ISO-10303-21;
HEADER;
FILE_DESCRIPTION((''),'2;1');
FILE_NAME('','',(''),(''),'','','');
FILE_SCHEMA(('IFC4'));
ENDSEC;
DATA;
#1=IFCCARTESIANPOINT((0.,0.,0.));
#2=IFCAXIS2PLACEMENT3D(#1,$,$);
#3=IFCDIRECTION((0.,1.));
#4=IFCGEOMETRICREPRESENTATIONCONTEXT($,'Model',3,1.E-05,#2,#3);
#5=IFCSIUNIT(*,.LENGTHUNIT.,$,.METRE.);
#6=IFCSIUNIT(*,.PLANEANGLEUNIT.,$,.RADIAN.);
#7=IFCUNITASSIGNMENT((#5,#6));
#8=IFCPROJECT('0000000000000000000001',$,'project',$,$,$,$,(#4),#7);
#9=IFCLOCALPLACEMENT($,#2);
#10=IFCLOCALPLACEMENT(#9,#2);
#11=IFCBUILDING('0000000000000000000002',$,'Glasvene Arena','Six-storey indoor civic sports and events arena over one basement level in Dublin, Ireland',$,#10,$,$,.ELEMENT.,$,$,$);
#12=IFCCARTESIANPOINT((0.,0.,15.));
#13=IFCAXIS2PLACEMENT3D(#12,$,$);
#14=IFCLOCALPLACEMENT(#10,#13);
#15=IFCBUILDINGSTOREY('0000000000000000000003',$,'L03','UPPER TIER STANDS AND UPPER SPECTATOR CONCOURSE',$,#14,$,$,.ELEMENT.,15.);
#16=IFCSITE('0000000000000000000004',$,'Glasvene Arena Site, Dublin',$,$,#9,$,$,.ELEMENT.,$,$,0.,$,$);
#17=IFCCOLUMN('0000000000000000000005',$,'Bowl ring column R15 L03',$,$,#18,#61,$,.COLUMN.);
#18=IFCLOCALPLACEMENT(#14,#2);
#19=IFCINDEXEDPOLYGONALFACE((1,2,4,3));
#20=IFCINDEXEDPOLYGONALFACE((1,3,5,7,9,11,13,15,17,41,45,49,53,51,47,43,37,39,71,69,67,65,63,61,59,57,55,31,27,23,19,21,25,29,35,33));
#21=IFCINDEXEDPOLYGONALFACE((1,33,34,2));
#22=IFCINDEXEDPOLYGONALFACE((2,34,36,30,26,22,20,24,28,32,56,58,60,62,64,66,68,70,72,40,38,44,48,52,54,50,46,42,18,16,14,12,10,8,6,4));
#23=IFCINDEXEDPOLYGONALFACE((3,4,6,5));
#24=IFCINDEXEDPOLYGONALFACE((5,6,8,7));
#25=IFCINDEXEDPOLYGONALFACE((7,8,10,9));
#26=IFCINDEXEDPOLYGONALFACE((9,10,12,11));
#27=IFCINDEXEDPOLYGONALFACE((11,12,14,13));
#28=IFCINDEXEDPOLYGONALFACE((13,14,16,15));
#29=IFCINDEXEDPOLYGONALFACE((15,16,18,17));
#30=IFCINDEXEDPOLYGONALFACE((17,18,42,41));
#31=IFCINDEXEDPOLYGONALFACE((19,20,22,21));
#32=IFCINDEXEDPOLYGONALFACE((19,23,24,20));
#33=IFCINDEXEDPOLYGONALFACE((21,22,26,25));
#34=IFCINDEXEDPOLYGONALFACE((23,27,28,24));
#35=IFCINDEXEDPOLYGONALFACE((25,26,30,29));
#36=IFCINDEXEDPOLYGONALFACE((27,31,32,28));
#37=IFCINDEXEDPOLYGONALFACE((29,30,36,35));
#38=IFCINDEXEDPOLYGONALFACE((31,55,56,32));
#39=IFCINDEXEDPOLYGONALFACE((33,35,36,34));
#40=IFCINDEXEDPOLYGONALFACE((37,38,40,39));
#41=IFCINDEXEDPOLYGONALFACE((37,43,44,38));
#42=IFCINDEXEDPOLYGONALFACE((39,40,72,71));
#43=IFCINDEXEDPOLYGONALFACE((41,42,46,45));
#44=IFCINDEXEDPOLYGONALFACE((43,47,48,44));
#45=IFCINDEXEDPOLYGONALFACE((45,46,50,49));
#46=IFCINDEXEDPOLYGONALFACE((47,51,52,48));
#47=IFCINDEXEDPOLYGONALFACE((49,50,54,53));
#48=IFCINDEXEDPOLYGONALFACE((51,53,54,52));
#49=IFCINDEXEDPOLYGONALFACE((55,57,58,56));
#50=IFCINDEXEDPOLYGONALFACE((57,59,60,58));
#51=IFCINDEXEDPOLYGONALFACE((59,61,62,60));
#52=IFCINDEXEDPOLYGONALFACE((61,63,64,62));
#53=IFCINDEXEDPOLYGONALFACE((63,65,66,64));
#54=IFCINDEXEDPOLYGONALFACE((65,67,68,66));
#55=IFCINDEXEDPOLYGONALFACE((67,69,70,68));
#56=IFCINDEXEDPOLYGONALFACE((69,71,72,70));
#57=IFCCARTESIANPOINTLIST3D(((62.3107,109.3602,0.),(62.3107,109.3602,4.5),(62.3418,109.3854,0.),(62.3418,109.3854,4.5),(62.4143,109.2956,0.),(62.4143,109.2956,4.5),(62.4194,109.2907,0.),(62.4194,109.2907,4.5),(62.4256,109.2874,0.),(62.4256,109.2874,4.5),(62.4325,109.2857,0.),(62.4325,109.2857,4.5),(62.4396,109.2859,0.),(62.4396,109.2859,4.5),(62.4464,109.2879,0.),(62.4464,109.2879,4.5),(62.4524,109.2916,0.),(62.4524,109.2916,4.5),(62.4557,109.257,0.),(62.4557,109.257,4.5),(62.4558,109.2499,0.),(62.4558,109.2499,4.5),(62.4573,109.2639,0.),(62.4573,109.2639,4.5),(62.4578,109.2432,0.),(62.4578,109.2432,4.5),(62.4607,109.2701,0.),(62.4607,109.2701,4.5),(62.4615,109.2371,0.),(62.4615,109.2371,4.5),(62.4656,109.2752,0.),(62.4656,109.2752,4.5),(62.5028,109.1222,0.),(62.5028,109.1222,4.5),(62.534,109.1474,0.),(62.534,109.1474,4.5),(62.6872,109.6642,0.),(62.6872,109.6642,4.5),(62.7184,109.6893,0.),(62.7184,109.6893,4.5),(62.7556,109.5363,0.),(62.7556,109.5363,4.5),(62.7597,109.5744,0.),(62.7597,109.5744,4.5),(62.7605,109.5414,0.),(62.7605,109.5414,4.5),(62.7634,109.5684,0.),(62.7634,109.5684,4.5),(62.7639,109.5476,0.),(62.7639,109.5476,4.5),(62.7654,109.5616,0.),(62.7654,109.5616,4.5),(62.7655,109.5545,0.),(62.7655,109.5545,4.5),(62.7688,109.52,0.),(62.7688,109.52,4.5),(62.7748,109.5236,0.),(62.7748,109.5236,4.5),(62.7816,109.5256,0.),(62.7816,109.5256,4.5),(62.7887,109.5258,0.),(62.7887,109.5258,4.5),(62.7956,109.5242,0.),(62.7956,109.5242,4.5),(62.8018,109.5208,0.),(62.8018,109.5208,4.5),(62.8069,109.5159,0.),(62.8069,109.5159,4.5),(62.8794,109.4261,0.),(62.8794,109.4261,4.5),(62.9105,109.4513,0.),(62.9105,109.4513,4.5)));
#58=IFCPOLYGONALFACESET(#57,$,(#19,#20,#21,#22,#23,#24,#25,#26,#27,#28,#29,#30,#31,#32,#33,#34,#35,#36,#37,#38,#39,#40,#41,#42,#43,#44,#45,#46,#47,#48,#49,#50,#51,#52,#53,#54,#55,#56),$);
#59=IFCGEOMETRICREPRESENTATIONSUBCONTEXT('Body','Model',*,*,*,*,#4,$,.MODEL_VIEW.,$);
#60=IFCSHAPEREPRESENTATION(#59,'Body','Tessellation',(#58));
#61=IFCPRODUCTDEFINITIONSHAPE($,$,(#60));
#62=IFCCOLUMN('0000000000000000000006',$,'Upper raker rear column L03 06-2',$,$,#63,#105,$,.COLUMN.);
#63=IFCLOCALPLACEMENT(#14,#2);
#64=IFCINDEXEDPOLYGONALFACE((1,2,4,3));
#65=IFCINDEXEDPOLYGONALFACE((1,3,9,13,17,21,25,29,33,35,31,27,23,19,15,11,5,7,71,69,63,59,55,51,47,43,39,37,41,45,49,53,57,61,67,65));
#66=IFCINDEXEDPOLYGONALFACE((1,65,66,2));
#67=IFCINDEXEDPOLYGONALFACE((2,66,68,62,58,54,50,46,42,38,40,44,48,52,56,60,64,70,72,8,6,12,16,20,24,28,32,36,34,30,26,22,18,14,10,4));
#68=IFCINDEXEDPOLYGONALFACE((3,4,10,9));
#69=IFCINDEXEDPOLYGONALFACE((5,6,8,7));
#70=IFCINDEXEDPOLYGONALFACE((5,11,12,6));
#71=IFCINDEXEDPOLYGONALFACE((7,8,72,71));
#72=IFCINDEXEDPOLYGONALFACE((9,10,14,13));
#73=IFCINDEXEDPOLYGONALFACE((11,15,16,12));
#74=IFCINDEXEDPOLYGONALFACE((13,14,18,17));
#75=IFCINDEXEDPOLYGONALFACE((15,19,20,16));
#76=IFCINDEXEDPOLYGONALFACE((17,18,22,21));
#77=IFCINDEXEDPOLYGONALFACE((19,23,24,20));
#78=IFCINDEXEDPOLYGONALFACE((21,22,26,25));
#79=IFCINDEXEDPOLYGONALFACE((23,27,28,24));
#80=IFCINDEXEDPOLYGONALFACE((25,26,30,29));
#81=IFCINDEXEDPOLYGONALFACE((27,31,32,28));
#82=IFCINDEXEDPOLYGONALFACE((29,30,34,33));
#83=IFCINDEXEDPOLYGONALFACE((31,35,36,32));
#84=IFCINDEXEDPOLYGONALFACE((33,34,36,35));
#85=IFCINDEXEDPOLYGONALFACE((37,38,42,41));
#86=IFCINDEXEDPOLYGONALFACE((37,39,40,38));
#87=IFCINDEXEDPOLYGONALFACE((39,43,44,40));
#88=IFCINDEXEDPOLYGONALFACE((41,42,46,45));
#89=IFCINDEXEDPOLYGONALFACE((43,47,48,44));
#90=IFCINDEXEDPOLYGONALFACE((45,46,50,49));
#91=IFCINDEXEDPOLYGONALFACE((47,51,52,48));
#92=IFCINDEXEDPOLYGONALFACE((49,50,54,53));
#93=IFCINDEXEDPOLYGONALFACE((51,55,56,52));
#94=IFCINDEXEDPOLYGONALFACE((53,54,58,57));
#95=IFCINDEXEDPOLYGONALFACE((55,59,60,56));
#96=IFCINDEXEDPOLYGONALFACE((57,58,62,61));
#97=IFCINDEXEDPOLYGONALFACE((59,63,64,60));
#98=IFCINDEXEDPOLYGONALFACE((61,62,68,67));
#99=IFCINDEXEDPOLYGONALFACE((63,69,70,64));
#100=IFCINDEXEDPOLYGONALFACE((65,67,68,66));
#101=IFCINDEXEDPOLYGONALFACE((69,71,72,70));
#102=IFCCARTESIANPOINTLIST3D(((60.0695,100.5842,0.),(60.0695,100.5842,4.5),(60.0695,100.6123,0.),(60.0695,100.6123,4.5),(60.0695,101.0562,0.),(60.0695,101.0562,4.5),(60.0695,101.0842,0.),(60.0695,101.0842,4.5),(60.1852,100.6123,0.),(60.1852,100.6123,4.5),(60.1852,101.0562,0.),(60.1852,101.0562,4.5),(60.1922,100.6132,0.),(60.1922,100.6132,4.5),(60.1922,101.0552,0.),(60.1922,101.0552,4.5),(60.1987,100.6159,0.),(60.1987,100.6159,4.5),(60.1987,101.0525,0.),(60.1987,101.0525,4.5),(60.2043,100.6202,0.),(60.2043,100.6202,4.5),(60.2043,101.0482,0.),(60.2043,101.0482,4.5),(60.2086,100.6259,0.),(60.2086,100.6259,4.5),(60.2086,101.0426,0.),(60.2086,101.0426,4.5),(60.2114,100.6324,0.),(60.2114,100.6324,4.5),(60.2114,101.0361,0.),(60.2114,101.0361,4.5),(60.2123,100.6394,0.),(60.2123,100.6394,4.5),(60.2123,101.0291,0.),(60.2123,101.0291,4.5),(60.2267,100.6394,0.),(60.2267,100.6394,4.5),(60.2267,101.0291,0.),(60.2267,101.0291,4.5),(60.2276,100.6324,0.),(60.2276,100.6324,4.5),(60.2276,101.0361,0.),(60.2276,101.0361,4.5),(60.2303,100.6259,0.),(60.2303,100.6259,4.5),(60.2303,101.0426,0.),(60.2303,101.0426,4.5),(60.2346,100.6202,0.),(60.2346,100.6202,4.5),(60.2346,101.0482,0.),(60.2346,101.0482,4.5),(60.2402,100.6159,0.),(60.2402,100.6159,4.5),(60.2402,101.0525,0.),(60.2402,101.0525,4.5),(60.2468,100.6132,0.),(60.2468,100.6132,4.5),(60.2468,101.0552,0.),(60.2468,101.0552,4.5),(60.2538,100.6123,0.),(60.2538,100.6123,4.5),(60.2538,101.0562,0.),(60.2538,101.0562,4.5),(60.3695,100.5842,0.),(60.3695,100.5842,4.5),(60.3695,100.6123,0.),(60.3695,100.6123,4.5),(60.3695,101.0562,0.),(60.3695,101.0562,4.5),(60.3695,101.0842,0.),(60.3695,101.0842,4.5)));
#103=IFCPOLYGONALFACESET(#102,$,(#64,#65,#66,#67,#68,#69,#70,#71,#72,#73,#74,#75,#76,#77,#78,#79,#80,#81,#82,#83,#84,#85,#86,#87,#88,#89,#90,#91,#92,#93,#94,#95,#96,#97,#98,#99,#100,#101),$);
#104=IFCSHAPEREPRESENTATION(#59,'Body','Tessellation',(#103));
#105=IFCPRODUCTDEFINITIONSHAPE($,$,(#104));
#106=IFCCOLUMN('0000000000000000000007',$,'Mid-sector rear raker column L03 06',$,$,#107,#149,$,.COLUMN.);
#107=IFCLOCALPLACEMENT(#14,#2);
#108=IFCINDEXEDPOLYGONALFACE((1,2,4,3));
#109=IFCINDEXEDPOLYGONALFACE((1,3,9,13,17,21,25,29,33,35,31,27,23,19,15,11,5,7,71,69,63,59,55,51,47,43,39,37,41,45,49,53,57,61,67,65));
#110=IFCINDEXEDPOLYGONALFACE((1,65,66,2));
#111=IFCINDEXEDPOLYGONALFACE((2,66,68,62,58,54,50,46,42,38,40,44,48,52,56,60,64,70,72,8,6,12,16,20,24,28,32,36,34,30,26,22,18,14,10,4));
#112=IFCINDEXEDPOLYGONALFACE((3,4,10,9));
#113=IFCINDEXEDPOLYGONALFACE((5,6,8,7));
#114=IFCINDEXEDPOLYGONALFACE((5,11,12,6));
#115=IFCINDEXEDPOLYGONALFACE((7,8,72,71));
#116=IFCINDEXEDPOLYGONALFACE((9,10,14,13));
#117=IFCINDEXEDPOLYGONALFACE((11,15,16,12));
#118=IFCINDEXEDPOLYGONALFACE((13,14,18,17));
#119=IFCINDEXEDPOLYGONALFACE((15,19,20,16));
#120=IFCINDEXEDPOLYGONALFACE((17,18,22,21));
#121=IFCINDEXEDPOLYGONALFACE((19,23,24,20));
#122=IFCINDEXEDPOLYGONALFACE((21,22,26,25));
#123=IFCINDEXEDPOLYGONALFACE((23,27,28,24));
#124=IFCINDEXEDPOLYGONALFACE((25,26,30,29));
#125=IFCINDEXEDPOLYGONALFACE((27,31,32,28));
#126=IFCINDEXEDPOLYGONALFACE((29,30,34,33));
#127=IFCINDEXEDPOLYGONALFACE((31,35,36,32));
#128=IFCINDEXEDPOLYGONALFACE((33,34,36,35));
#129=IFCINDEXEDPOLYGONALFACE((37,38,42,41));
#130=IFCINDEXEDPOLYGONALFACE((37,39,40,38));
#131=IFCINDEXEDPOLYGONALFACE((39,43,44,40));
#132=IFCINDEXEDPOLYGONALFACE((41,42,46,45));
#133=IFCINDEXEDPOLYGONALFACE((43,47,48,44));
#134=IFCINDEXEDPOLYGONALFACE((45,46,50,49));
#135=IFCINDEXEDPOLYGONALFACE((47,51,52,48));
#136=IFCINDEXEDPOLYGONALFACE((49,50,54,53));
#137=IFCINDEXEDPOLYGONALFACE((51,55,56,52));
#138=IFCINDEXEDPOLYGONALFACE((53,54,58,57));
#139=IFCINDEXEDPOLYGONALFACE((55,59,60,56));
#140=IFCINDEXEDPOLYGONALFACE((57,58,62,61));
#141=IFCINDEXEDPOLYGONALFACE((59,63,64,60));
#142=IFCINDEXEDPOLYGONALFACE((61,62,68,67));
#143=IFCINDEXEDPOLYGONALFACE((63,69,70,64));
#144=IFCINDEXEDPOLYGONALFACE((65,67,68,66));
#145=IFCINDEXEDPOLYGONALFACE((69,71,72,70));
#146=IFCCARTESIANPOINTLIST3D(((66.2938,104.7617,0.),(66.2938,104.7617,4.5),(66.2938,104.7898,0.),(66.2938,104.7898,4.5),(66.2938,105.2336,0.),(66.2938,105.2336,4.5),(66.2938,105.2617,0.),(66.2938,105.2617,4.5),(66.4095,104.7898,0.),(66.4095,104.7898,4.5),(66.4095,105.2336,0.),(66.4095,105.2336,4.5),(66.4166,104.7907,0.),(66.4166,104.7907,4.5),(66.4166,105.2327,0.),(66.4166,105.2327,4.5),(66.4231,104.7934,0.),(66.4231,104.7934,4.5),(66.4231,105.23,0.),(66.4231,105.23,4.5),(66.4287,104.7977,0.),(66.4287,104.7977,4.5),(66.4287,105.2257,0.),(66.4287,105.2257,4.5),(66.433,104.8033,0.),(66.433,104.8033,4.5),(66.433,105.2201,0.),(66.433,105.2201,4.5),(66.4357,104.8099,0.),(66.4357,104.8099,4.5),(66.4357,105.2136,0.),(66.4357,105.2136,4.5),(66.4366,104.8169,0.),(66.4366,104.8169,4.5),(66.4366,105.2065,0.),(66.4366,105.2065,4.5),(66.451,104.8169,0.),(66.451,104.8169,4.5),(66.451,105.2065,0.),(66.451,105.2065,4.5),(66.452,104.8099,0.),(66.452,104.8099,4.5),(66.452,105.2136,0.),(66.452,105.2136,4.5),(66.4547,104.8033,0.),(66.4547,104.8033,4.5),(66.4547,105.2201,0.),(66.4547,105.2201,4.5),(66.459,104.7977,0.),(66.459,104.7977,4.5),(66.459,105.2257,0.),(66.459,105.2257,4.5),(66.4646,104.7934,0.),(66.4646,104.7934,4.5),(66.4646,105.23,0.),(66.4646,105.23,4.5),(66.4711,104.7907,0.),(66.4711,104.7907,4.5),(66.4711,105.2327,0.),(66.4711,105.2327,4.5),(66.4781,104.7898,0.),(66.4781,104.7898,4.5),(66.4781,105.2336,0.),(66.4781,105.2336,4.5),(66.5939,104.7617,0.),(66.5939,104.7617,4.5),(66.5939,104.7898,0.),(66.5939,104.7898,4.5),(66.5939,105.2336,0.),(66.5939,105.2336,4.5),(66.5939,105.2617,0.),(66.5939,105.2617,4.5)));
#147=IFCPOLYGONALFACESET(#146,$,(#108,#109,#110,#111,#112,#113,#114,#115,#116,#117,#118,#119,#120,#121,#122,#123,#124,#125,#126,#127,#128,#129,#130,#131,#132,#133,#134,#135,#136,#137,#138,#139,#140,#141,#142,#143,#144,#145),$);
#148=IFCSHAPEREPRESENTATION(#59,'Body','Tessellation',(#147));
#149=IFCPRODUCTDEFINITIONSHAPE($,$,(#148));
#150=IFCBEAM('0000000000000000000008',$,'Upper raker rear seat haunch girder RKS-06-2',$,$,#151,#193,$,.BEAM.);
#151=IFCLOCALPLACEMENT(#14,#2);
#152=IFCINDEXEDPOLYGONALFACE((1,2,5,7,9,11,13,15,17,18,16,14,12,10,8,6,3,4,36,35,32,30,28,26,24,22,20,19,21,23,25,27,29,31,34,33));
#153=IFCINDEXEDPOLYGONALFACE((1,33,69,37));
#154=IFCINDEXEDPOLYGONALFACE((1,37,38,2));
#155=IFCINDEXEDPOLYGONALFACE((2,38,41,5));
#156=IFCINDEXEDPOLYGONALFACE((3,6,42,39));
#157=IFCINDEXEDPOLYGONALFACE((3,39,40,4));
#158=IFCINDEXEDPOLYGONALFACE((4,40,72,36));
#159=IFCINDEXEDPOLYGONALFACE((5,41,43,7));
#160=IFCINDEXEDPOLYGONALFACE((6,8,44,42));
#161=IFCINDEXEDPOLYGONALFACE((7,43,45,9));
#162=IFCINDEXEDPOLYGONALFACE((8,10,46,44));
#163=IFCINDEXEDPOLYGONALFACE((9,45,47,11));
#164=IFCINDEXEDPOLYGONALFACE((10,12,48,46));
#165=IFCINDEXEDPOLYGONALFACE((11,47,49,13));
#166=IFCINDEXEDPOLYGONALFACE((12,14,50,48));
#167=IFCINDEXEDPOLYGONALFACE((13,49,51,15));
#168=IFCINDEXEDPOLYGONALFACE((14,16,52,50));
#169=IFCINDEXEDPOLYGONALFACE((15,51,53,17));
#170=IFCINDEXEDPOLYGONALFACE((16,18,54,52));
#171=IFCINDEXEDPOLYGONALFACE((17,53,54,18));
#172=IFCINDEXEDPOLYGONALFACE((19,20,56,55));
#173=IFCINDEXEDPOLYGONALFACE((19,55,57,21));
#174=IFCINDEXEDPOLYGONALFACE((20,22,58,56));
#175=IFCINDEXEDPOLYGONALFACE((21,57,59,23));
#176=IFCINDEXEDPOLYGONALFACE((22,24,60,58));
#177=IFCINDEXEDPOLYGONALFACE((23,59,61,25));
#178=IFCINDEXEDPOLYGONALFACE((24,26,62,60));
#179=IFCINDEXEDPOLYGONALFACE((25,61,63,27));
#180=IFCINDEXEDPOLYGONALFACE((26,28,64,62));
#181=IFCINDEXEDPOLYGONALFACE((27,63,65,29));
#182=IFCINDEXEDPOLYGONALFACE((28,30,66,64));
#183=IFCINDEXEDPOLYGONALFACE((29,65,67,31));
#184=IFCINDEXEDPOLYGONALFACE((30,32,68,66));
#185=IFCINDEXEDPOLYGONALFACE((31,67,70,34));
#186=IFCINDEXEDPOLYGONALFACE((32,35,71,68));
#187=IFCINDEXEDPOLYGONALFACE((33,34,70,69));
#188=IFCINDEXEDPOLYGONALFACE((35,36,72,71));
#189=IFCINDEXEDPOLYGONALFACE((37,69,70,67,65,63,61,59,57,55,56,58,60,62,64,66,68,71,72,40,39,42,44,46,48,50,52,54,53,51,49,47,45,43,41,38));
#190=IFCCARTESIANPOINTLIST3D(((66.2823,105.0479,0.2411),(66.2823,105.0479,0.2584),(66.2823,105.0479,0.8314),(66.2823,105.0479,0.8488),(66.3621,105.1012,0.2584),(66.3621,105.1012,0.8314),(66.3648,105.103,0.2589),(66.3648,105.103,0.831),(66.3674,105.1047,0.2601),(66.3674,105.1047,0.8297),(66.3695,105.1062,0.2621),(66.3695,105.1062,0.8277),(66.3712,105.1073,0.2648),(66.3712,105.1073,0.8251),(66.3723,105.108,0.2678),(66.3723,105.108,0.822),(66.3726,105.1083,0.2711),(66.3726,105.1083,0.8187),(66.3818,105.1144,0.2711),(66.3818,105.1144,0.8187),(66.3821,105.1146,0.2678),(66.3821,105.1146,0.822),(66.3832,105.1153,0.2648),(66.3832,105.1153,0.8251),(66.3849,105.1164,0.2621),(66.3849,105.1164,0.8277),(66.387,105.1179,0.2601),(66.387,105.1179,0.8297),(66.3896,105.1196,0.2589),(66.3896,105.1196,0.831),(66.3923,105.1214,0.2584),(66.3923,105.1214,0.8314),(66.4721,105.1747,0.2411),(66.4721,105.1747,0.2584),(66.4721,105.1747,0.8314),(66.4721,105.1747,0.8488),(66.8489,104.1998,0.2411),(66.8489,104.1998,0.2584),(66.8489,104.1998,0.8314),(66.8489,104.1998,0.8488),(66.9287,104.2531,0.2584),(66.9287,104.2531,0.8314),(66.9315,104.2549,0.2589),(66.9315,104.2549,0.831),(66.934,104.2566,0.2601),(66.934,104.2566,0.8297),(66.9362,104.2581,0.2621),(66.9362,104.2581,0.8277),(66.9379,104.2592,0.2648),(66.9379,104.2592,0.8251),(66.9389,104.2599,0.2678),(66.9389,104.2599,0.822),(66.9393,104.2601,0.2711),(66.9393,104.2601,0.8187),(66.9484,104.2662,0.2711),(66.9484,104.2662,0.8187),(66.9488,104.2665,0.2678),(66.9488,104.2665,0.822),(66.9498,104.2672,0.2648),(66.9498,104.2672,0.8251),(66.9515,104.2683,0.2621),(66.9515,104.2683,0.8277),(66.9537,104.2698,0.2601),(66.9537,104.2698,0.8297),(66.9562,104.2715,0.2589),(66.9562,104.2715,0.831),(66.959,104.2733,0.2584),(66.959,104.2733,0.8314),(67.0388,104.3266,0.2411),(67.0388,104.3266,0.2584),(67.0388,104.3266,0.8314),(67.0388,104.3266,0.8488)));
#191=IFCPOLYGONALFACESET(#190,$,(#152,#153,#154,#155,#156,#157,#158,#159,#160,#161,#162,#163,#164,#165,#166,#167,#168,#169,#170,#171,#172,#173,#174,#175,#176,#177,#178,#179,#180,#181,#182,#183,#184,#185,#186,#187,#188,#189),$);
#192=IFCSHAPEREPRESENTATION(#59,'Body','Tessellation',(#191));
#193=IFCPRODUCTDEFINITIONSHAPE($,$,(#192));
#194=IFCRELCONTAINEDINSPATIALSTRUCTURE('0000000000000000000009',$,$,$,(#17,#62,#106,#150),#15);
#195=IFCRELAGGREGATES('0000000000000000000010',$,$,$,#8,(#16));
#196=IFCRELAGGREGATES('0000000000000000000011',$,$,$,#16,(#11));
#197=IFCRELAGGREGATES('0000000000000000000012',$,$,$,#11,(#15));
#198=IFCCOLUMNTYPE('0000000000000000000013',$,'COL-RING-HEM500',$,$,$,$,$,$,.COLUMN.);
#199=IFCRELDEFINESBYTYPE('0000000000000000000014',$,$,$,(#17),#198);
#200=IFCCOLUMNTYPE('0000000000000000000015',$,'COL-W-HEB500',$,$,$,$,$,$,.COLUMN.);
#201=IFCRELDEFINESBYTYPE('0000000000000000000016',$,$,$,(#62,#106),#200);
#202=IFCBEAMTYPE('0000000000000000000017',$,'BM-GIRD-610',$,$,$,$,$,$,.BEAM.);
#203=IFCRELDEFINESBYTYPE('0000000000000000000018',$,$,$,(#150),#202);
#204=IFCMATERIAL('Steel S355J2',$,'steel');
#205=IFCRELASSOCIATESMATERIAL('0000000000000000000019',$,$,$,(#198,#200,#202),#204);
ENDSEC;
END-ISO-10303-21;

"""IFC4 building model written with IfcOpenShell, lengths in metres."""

from ifc_helpers import new_model, si_unit, direction, frame, origin, origin_2d, place, context, subcontext, project, spatial, i_section, extrude, material, material_profile, profile_set, type_object, element, save


model = new_model("IFC4")

# Units and contexts
model_context = context("Model", 3, precision=1e-05, world=origin(), true_north=direction((0.0, 1.0)))
body_context = subcontext(model_context, "Body", "Model", "MODEL_VIEW")
ifc_project = project(units=[si_unit("LENGTHUNIT", "METRE"), si_unit("PLANEANGLEUNIT", "RADIAN")], contexts=[model_context])

# Site, building, storey
site_placement = place(None, origin())
site = spatial("IfcSite", under=ifc_project, at=site_placement, Name="Glasvene Arena Site, Dublin", CompositionType="ELEMENT", RefElevation=0.0)
building_placement = place(site_placement, origin())
building = spatial("IfcBuilding", under=site, at=building_placement, Name="Glasvene Arena", Description="Six-storey indoor civic sports and events arena over one basement level in Dublin, Ireland", CompositionType="ELEMENT")
storey_placement = place(building_placement, frame((0.0, 0.0, 15.0)))
storey = spatial("IfcBuildingStorey", under=building, at=storey_placement, Name="L03", Description="UPPER TIER STANDS AND UPPER SPECTATOR CONCOURSE", CompositionType="ELEMENT", Elevation=15.0)

# Columns
ifc_material_1 = material(Name="Steel S355J2", Category="steel")
ifc_material_profile_1 = material_profile(ifc_material_1, i_section(OverallWidth=0.3059, OverallDepth=0.5239, WebThickness=0.021, FlangeThickness=0.04, FilletRadius=0.0271, at=origin_2d()), Name="HEM 500")
ifc_profile_set_1 = profile_set([ifc_material_profile_1], Name="Steel S355J2")
column_type_1 = type_object("IfcColumnType", Name="COL-RING-HEM500", PredefinedType="COLUMN", material=ifc_profile_set_1)
column_placement = place(storey_placement, frame((62.6106, 109.4058, 0.0), z_axis=(0.0, 0.0, 1.0), x_axis=(-0.628099, 0.778134, 0.0)))
element("IfcColumn", 1, at=column_placement, inside=storey, type_object=column_type_1, Name="Bowl ring column R15 L03", PredefinedType="COLUMN", context=body_context, shape_type="SweptSolid", body=[
    extrude(i_section(OverallWidth=0.3059, OverallDepth=0.5239, WebThickness=0.021, FlangeThickness=0.04, FilletRadius=0.0271, at=origin_2d()), origin(), (0.0, 0.0, 1.0), 4.5),
])
ifc_material_profile_2 = material_profile(ifc_material_1, i_section(OverallWidth=0.3, OverallDepth=0.5, WebThickness=0.0144, FlangeThickness=0.0281, FilletRadius=0.0271, at=origin_2d()), Name="HEB 500")
ifc_profile_set_2 = profile_set([ifc_material_profile_2], Name="Steel S355J2")
column_type_2 = type_object("IfcColumnType", Name="COL-W-HEB500", PredefinedType="COLUMN", material=ifc_profile_set_2)
for number, where, z_axis, x_axis, name in (
    (2, (60.2195, 100.8342, 0.0), (0.0, 0.0, 1.0), (1.0, 0.0, 0.0), "Upper raker rear column L03 06-2"),
    (3, (66.4438, 105.0117, 0.0), (0.0, 0.0, 1.0), (1.0, 0.0, 0.0), "Mid-sector rear raker column L03 06"),
):
    element("IfcColumn", number, at=place(storey_placement, frame(where, z_axis=z_axis, x_axis=x_axis)), inside=storey, type_object=column_type_2, Name=name, PredefinedType="COLUMN", context=body_context, shape_type="SweptSolid", body=[
        extrude(i_section(OverallWidth=0.3, OverallDepth=0.5, WebThickness=0.0144, FlangeThickness=0.0281, FilletRadius=0.0271, at=origin_2d()), origin(), (0.0, 0.0, 1.0), 4.5),
    ])

# Beam
ifc_material_profile_3 = material_profile(ifc_material_1, i_section(OverallWidth=0.2283, OverallDepth=0.6077, WebThickness=0.011, FlangeThickness=0.0173, FilletRadius=0.0127, at=origin_2d()), Name="UKB 610x229x113")
ifc_profile_set_3 = profile_set([ifc_material_profile_3], Name="Steel S355J2")
beam_type_1 = type_object("IfcBeamType", Name="BM-GIRD-610", PredefinedType="BEAM", material=ifc_profile_set_3)
for number, where, z_axis, x_axis, name in (
    (4, (66.9438, 104.2632, 0.5449), (-0.555528, 0.831498, 0.0), (-0.831498, -0.555528, 0.0), "Upper raker rear seat haunch girder RKS-06-2"),
):
    element("IfcBeam", number, at=place(storey_placement, frame(where, z_axis=z_axis, x_axis=x_axis)), inside=storey, type_object=beam_type_1, Name=name, PredefinedType="BEAM", context=body_context, shape_type="SweptSolid", body=[
        extrude(i_section(OverallWidth=0.2283, OverallDepth=0.6077, WebThickness=0.011, FlangeThickness=0.0173, FilletRadius=0.0127, at=origin_2d()), origin(), (0.0, 0.0, 1.0), 1.02),
    ])

save(model, "model.ifc")
